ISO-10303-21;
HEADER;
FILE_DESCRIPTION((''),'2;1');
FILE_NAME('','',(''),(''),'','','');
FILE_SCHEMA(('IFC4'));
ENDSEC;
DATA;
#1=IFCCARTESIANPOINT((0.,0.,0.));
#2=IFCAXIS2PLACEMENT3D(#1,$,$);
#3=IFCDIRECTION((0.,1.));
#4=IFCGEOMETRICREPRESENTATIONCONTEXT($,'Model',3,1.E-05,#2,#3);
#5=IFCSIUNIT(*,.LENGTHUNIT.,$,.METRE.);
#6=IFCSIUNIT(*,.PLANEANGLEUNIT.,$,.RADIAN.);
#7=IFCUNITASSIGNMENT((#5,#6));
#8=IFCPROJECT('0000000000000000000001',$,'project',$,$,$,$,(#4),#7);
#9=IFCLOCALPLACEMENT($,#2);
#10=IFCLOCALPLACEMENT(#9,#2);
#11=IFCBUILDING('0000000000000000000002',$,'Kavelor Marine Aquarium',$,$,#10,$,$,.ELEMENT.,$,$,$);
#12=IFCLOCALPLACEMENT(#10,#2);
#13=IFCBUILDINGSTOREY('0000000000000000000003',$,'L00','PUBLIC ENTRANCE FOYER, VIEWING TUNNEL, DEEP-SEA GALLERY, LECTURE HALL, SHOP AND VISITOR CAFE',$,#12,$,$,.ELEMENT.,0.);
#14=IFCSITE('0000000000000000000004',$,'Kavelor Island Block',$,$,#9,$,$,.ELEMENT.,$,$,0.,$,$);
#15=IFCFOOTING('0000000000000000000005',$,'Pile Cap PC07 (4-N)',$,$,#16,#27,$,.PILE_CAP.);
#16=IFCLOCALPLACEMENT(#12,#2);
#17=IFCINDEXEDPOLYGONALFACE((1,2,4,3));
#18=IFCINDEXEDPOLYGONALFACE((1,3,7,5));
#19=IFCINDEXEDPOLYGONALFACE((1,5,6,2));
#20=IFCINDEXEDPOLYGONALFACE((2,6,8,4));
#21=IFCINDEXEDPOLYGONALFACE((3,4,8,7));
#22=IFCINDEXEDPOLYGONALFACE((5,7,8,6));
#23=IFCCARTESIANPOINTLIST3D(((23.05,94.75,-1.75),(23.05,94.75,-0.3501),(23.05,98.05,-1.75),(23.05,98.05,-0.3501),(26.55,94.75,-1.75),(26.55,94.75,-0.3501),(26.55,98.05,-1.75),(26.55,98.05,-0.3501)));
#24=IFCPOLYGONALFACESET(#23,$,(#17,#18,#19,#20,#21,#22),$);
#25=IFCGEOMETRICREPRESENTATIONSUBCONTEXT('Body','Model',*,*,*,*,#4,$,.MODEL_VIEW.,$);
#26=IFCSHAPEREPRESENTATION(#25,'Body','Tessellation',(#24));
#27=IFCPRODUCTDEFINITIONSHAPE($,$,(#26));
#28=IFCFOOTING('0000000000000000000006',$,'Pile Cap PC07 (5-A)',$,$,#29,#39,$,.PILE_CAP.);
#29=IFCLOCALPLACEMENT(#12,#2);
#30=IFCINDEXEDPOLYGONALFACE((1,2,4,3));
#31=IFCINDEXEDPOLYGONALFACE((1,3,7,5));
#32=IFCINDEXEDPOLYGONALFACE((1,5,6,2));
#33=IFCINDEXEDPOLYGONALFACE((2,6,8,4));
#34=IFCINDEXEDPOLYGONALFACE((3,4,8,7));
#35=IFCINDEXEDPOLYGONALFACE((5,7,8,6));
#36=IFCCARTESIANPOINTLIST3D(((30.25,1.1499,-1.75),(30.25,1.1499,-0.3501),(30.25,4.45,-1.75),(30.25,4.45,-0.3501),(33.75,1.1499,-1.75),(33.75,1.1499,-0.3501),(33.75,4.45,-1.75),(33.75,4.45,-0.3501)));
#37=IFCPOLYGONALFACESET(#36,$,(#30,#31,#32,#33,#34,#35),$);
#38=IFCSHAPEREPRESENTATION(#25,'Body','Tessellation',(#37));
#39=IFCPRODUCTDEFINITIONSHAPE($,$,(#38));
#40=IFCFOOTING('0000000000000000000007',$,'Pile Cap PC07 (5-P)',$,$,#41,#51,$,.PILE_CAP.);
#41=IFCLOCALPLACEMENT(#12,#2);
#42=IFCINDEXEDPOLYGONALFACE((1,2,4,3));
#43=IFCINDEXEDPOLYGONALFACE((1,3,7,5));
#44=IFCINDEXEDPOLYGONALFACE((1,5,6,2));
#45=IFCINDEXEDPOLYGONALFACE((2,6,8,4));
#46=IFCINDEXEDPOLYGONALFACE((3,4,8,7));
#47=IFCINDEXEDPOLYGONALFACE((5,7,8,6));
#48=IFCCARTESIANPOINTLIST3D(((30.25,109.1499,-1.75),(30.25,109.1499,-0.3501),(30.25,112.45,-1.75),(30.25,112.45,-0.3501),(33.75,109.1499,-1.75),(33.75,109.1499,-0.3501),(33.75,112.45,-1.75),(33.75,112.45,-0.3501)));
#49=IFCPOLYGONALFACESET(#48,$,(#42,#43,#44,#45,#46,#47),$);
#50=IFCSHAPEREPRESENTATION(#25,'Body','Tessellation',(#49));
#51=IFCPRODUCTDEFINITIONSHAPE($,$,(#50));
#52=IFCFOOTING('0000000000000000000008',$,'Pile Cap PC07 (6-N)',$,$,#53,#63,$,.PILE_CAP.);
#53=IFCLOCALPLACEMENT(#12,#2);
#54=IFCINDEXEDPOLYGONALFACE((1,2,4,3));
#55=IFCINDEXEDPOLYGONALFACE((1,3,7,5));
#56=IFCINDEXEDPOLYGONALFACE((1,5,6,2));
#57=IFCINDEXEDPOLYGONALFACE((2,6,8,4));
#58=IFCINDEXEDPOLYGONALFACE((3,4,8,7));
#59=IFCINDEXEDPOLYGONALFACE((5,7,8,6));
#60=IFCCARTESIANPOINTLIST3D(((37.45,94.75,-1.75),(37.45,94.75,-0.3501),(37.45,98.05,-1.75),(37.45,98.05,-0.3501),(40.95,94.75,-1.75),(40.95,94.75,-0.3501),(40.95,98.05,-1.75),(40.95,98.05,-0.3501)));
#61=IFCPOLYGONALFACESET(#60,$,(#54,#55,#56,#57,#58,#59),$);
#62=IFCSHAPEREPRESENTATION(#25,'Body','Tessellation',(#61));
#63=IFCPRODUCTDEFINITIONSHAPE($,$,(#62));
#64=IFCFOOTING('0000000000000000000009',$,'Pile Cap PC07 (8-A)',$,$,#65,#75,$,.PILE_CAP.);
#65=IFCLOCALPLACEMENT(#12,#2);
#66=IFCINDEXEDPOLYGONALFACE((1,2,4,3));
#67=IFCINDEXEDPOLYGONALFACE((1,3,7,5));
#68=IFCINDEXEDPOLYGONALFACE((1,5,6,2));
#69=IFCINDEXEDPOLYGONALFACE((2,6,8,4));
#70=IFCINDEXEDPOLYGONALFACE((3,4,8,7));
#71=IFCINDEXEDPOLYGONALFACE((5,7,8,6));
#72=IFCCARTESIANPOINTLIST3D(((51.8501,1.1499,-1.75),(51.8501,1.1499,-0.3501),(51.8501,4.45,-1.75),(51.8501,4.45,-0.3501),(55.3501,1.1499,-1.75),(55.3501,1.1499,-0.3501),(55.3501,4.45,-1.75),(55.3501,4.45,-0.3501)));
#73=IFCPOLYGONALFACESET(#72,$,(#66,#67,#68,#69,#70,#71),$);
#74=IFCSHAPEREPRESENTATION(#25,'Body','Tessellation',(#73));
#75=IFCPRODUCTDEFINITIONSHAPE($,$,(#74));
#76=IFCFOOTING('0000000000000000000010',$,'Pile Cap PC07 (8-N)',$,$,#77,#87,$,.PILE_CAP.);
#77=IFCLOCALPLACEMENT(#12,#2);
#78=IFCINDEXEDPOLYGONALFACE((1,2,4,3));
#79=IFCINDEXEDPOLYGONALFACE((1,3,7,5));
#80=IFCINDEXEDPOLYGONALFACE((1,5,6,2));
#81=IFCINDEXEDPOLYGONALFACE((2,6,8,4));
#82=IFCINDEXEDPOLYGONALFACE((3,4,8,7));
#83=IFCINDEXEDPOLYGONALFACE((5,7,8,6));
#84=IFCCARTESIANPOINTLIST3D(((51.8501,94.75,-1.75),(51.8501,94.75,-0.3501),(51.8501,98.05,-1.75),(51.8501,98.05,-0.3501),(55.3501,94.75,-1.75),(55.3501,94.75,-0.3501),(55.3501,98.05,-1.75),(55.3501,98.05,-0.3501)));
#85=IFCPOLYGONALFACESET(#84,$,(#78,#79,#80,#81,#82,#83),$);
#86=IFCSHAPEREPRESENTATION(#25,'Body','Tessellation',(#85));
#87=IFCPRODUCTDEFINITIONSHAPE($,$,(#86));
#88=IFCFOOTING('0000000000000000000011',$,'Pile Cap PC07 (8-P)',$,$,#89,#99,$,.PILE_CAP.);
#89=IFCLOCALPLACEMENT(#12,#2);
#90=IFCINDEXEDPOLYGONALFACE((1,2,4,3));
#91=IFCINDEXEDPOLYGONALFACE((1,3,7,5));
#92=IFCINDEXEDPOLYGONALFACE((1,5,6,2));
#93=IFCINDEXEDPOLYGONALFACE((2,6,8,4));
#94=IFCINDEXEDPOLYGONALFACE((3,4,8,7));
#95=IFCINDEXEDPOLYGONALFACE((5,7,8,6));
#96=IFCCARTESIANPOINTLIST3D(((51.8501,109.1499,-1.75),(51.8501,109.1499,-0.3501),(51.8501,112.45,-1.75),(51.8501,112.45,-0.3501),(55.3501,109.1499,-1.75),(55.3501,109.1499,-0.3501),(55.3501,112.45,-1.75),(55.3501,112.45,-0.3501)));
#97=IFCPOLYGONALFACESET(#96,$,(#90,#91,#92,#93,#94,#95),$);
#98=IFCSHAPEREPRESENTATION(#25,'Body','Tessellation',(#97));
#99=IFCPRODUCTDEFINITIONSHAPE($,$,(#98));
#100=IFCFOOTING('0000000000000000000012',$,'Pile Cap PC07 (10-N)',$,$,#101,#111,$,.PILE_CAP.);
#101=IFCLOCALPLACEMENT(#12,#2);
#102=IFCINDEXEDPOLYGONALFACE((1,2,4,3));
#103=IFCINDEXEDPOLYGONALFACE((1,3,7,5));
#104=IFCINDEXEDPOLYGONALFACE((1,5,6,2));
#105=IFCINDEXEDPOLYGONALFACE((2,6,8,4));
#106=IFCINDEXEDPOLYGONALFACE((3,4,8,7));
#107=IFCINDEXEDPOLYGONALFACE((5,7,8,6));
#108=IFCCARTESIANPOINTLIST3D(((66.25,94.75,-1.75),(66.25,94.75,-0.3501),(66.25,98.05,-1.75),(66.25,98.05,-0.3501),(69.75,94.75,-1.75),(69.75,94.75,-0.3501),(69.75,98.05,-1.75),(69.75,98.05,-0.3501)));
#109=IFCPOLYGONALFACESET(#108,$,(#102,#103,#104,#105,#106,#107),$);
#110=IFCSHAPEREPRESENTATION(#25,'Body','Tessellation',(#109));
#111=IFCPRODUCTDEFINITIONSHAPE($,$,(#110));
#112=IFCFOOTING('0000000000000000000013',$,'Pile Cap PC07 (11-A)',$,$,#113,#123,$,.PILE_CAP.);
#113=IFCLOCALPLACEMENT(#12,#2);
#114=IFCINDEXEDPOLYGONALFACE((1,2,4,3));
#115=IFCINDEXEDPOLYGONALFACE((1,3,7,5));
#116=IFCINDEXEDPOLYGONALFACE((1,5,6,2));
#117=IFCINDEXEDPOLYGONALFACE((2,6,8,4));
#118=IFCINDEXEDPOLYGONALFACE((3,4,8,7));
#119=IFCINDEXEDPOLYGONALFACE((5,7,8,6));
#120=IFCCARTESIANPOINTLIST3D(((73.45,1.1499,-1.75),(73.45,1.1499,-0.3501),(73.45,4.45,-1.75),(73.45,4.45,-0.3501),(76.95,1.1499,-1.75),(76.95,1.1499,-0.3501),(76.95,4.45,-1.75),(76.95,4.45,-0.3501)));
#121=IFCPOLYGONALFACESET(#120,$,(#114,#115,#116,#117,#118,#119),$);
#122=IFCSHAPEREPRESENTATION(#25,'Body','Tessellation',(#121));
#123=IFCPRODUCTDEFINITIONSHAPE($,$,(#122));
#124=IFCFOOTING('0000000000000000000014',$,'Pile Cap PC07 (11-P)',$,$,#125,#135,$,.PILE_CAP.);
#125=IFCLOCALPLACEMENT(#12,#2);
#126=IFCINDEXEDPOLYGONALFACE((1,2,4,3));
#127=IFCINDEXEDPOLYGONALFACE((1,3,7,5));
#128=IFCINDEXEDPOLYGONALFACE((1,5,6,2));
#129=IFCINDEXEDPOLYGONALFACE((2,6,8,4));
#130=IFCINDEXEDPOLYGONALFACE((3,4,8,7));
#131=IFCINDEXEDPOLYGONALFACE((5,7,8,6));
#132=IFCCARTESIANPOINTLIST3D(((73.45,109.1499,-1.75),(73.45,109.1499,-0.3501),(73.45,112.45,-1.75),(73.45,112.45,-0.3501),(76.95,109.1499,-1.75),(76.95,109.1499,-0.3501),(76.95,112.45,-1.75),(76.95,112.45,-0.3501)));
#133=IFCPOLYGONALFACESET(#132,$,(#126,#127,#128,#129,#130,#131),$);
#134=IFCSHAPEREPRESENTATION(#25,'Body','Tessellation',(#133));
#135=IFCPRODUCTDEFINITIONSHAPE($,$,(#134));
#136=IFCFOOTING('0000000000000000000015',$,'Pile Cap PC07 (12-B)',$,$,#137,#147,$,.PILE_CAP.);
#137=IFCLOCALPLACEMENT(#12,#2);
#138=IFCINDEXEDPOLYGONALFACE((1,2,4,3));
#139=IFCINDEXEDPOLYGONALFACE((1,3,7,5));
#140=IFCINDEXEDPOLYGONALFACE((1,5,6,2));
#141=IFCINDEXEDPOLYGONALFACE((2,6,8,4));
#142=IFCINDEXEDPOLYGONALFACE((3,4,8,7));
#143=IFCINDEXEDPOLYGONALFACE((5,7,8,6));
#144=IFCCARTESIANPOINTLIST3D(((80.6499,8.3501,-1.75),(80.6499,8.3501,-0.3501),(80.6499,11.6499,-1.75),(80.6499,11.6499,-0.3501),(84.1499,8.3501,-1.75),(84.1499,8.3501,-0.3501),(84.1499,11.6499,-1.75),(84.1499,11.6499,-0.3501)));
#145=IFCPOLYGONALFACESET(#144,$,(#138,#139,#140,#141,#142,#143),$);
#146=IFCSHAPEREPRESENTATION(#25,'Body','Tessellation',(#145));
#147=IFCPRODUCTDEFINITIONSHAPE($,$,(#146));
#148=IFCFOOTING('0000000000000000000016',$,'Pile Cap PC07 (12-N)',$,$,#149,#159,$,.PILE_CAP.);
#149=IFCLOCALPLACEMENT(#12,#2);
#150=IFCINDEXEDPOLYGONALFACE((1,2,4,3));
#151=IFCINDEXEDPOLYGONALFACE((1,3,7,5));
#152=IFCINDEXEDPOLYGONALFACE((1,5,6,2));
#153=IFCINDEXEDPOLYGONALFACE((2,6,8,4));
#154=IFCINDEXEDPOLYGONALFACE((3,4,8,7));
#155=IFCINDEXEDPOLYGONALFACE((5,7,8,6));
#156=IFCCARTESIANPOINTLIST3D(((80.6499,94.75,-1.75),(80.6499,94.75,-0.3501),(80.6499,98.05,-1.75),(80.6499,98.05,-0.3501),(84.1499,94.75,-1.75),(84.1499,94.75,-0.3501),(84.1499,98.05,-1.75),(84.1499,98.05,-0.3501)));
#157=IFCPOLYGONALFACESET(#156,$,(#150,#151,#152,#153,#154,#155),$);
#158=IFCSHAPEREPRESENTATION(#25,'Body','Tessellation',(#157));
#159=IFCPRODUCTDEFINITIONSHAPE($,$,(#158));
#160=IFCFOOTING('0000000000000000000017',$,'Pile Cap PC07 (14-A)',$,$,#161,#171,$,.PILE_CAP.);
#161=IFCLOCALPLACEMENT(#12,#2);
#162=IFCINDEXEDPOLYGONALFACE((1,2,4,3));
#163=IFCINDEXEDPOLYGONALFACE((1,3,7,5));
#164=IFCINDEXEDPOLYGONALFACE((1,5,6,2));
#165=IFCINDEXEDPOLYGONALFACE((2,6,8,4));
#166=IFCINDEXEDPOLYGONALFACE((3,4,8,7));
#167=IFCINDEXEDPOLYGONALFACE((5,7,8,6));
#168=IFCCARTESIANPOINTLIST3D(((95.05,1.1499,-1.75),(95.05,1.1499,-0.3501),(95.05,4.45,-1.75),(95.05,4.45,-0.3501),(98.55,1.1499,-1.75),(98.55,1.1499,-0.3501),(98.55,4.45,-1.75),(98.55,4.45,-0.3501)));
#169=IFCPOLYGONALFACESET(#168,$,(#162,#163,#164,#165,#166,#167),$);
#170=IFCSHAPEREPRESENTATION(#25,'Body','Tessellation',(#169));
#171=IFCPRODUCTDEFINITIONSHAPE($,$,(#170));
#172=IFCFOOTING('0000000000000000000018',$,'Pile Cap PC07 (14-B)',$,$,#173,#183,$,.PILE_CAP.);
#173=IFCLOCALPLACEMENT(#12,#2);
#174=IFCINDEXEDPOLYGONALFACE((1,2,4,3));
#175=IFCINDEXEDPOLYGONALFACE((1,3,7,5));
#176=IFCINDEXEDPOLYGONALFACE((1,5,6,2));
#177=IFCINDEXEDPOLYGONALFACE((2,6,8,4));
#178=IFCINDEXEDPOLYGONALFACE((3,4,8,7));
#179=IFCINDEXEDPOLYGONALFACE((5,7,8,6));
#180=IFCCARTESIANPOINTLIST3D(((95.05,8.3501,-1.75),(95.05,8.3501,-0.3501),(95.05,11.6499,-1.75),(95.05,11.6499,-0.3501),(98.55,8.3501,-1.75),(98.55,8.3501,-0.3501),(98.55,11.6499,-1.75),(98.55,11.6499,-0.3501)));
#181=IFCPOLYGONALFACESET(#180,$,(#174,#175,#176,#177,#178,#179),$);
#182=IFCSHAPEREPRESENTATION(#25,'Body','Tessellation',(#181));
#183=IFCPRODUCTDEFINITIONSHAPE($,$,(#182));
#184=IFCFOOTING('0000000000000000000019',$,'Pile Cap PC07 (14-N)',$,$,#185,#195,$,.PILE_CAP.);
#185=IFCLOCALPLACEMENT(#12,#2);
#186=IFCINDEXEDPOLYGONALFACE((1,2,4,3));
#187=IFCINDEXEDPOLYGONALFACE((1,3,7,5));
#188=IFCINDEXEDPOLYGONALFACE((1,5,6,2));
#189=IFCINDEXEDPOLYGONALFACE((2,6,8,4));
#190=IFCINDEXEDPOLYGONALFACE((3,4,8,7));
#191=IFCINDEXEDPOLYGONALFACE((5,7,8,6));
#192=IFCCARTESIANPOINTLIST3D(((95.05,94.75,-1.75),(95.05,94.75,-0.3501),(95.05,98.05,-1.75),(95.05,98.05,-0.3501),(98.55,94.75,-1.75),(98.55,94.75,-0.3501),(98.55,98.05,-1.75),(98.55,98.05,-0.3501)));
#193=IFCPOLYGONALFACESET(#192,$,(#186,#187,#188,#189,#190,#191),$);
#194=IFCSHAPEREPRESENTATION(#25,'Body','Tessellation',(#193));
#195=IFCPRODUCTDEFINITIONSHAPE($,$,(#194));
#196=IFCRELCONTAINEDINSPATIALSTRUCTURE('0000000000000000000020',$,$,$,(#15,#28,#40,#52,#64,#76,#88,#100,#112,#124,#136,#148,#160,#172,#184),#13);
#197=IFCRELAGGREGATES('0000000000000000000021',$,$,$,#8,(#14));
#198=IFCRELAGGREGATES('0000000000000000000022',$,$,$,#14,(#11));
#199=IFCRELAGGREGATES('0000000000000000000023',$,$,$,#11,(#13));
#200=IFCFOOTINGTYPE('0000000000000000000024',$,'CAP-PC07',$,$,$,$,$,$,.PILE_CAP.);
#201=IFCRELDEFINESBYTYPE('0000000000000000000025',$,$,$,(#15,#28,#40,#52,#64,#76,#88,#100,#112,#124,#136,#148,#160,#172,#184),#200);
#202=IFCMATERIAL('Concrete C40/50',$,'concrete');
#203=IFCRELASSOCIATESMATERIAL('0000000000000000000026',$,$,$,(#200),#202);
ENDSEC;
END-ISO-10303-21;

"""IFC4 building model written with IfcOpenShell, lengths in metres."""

from ifc_helpers import new_model, si_unit, direction, frame, origin, place, context, subcontext, project, spatial, polyline, outline, extrude, material, type_object, element, save


model = new_model("IFC4")

# Units and contexts
model_context = context("Model", 3, precision=1e-05, world=origin(), true_north=direction((0.0, 1.0)))
body_context = subcontext(model_context, "Body", "Model", "MODEL_VIEW")
ifc_project = project(units=[si_unit("LENGTHUNIT", "METRE"), si_unit("PLANEANGLEUNIT", "RADIAN")], contexts=[model_context])

# Site, building, storey
site_placement = place(None, origin())
site = spatial("IfcSite", under=ifc_project, at=site_placement, Name="Kavelor Island Block", CompositionType="ELEMENT", RefElevation=0.0)
building_placement = place(site_placement, origin())
building = spatial("IfcBuilding", under=site, at=building_placement, Name="Kavelor Marine Aquarium", CompositionType="ELEMENT")
storey_placement = place(building_placement, origin())
storey = spatial("IfcBuildingStorey", under=building, at=storey_placement, Name="L00", Description="PUBLIC ENTRANCE FOYER, VIEWING TUNNEL, DEEP-SEA GALLERY, LECTURE HALL, SHOP AND VISITOR CAFE", CompositionType="ELEMENT", Elevation=0.0)

# Footings
ifc_material_1 = material(Name="Concrete C40/50", Category="concrete")
footing_type_1 = type_object("IfcFootingType", Name="CAP-PC07", PredefinedType="PILE_CAP", material=ifc_material_1)
footing_1_placement = place(storey_placement, frame((0.0, 0.0, -1.75)))
element("IfcFooting", 1, at=footing_1_placement, inside=storey, type_object=footing_type_1, Name="Pile Cap PC07 (4-N)", PredefinedType="PILE_CAP", context=body_context, shape_type="SweptSolid", body=[
    extrude(outline(polyline([(23.05, 94.75), (26.55, 94.75), (26.55, 98.05), (23.05, 98.05), (23.05, 94.75)])), origin(), (0.0, 0.0, 1.0), 1.3999),
])
footing_2_placement = place(storey_placement, frame((0.0, 0.0, -1.75)))
element("IfcFooting", 2, at=footing_2_placement, inside=storey, type_object=footing_type_1, Name="Pile Cap PC07 (5-A)", PredefinedType="PILE_CAP", context=body_context, shape_type="SweptSolid", body=[
    extrude(outline(polyline([(30.25, 1.1499), (33.75, 1.1499), (33.75, 4.45), (30.25, 4.45), (30.25, 1.1499)])), origin(), (0.0, 0.0, 1.0), 1.3999),
])
footing_3_placement = place(storey_placement, frame((0.0, 0.0, -1.75)))
element("IfcFooting", 3, at=footing_3_placement, inside=storey, type_object=footing_type_1, Name="Pile Cap PC07 (5-P)", PredefinedType="PILE_CAP", context=body_context, shape_type="SweptSolid", body=[
    extrude(outline(polyline([(30.25, 109.1499), (33.75, 109.1499), (33.75, 112.45), (30.25, 112.45), (30.25, 109.1499)])), origin(), (0.0, 0.0, 1.0), 1.3999),
])
footing_4_placement = place(storey_placement, frame((0.0, 0.0, -1.75)))
element("IfcFooting", 4, at=footing_4_placement, inside=storey, type_object=footing_type_1, Name="Pile Cap PC07 (6-N)", PredefinedType="PILE_CAP", context=body_context, shape_type="SweptSolid", body=[
    extrude(outline(polyline([(37.45, 94.75), (40.95, 94.75), (40.95, 98.05), (37.45, 98.05), (37.45, 94.75)])), origin(), (0.0, 0.0, 1.0), 1.3999),
])
footing_5_placement = place(storey_placement, frame((0.0, 0.0, -1.75)))
element("IfcFooting", 5, at=footing_5_placement, inside=storey, type_object=footing_type_1, Name="Pile Cap PC07 (8-A)", PredefinedType="PILE_CAP", context=body_context, shape_type="SweptSolid", body=[
    extrude(outline(polyline([(51.8501, 1.1499), (55.3501, 1.1499), (55.3501, 4.45), (51.8501, 4.45), (51.8501, 1.1499)])), origin(), (0.0, 0.0, 1.0), 1.3999),
])
footing_6_placement = place(storey_placement, frame((0.0, 0.0, -1.75)))
element("IfcFooting", 6, at=footing_6_placement, inside=storey, type_object=footing_type_1, Name="Pile Cap PC07 (8-N)", PredefinedType="PILE_CAP", context=body_context, shape_type="SweptSolid", body=[
    extrude(outline(polyline([(51.8501, 94.75), (55.3501, 94.75), (55.3501, 98.05), (51.8501, 98.05), (51.8501, 94.75)])), origin(), (0.0, 0.0, 1.0), 1.3999),
])
footing_7_placement = place(storey_placement, frame((0.0, 0.0, -1.75)))
element("IfcFooting", 7, at=footing_7_placement, inside=storey, type_object=footing_type_1, Name="Pile Cap PC07 (8-P)", PredefinedType="PILE_CAP", context=body_context, shape_type="SweptSolid", body=[
    extrude(outline(polyline([(51.8501, 109.1499), (55.3501, 109.1499), (55.3501, 112.45), (51.8501, 112.45), (51.8501, 109.1499)])), origin(), (0.0, 0.0, 1.0), 1.3999),
])
footing_8_placement = place(storey_placement, frame((0.0, 0.0, -1.75)))
element("IfcFooting", 8, at=footing_8_placement, inside=storey, type_object=footing_type_1, Name="Pile Cap PC07 (10-N)", PredefinedType="PILE_CAP", context=body_context, shape_type="SweptSolid", body=[
    extrude(outline(polyline([(66.25, 94.75), (69.75, 94.75), (69.75, 98.05), (66.25, 98.05), (66.25, 94.75)])), origin(), (0.0, 0.0, 1.0), 1.3999),
])
footing_9_placement = place(storey_placement, frame((0.0, 0.0, -1.75)))
element("IfcFooting", 9, at=footing_9_placement, inside=storey, type_object=footing_type_1, Name="Pile Cap PC07 (11-A)", PredefinedType="PILE_CAP", context=body_context, shape_type="SweptSolid", body=[
    extrude(outline(polyline([(73.45, 1.1499), (76.95, 1.1499), (76.95, 4.45), (73.45, 4.45), (73.45, 1.1499)])), origin(), (0.0, 0.0, 1.0), 1.3999),
])
footing_10_placement = place(storey_placement, frame((0.0, 0.0, -1.75)))
element("IfcFooting", 10, at=footing_10_placement, inside=storey, type_object=footing_type_1, Name="Pile Cap PC07 (11-P)", PredefinedType="PILE_CAP", context=body_context, shape_type="SweptSolid", body=[
    extrude(outline(polyline([(73.45, 109.1499), (76.95, 109.1499), (76.95, 112.45), (73.45, 112.45), (73.45, 109.1499)])), origin(), (0.0, 0.0, 1.0), 1.3999),
])
footing_11_placement = place(storey_placement, frame((0.0, 0.0, -1.75)))
element("IfcFooting", 11, at=footing_11_placement, inside=storey, type_object=footing_type_1, Name="Pile Cap PC07 (12-B)", PredefinedType="PILE_CAP", context=body_context, shape_type="SweptSolid", body=[
    extrude(outline(polyline([(80.6499, 8.3501), (84.1499, 8.3501), (84.1499, 11.6499), (80.6499, 11.6499), (80.6499, 8.3501)])), origin(), (0.0, 0.0, 1.0), 1.3999),
])
footing_12_placement = place(storey_placement, frame((0.0, 0.0, -1.75)))
element("IfcFooting", 12, at=footing_12_placement, inside=storey, type_object=footing_type_1, Name="Pile Cap PC07 (12-N)", PredefinedType="PILE_CAP", context=body_context, shape_type="SweptSolid", body=[
    extrude(outline(polyline([(80.6499, 94.75), (84.1499, 94.75), (84.1499, 98.05), (80.6499, 98.05), (80.6499, 94.75)])), origin(), (0.0, 0.0, 1.0), 1.3999),
])
footing_13_placement = place(storey_placement, frame((0.0, 0.0, -1.75)))
element("IfcFooting", 13, at=footing_13_placement, inside=storey, type_object=footing_type_1, Name="Pile Cap PC07 (14-A)", PredefinedType="PILE_CAP", context=body_context, shape_type="SweptSolid", body=[
    extrude(outline(polyline([(95.05, 1.1499), (98.55, 1.1499), (98.55, 4.45), (95.05, 4.45), (95.05, 1.1499)])), origin(), (0.0, 0.0, 1.0), 1.3999),
])
footing_14_placement = place(storey_placement, frame((0.0, 0.0, -1.75)))
element("IfcFooting", 14, at=footing_14_placement, inside=storey, type_object=footing_type_1, Name="Pile Cap PC07 (14-B)", PredefinedType="PILE_CAP", context=body_context, shape_type="SweptSolid", body=[
    extrude(outline(polyline([(95.05, 8.3501), (98.55, 8.3501), (98.55, 11.6499), (95.05, 11.6499), (95.05, 8.3501)])), origin(), (0.0, 0.0, 1.0), 1.3999),
])
footing_15_placement = place(storey_placement, frame((0.0, 0.0, -1.75)))
element("IfcFooting", 15, at=footing_15_placement, inside=storey, type_object=footing_type_1, Name="Pile Cap PC07 (14-N)", PredefinedType="PILE_CAP", context=body_context, shape_type="SweptSolid", body=[
    extrude(outline(polyline([(95.05, 94.75), (98.55, 94.75), (98.55, 98.05), (95.05, 98.05), (95.05, 94.75)])), origin(), (0.0, 0.0, 1.0), 1.3999),
])

save(model, "model.ifc")
